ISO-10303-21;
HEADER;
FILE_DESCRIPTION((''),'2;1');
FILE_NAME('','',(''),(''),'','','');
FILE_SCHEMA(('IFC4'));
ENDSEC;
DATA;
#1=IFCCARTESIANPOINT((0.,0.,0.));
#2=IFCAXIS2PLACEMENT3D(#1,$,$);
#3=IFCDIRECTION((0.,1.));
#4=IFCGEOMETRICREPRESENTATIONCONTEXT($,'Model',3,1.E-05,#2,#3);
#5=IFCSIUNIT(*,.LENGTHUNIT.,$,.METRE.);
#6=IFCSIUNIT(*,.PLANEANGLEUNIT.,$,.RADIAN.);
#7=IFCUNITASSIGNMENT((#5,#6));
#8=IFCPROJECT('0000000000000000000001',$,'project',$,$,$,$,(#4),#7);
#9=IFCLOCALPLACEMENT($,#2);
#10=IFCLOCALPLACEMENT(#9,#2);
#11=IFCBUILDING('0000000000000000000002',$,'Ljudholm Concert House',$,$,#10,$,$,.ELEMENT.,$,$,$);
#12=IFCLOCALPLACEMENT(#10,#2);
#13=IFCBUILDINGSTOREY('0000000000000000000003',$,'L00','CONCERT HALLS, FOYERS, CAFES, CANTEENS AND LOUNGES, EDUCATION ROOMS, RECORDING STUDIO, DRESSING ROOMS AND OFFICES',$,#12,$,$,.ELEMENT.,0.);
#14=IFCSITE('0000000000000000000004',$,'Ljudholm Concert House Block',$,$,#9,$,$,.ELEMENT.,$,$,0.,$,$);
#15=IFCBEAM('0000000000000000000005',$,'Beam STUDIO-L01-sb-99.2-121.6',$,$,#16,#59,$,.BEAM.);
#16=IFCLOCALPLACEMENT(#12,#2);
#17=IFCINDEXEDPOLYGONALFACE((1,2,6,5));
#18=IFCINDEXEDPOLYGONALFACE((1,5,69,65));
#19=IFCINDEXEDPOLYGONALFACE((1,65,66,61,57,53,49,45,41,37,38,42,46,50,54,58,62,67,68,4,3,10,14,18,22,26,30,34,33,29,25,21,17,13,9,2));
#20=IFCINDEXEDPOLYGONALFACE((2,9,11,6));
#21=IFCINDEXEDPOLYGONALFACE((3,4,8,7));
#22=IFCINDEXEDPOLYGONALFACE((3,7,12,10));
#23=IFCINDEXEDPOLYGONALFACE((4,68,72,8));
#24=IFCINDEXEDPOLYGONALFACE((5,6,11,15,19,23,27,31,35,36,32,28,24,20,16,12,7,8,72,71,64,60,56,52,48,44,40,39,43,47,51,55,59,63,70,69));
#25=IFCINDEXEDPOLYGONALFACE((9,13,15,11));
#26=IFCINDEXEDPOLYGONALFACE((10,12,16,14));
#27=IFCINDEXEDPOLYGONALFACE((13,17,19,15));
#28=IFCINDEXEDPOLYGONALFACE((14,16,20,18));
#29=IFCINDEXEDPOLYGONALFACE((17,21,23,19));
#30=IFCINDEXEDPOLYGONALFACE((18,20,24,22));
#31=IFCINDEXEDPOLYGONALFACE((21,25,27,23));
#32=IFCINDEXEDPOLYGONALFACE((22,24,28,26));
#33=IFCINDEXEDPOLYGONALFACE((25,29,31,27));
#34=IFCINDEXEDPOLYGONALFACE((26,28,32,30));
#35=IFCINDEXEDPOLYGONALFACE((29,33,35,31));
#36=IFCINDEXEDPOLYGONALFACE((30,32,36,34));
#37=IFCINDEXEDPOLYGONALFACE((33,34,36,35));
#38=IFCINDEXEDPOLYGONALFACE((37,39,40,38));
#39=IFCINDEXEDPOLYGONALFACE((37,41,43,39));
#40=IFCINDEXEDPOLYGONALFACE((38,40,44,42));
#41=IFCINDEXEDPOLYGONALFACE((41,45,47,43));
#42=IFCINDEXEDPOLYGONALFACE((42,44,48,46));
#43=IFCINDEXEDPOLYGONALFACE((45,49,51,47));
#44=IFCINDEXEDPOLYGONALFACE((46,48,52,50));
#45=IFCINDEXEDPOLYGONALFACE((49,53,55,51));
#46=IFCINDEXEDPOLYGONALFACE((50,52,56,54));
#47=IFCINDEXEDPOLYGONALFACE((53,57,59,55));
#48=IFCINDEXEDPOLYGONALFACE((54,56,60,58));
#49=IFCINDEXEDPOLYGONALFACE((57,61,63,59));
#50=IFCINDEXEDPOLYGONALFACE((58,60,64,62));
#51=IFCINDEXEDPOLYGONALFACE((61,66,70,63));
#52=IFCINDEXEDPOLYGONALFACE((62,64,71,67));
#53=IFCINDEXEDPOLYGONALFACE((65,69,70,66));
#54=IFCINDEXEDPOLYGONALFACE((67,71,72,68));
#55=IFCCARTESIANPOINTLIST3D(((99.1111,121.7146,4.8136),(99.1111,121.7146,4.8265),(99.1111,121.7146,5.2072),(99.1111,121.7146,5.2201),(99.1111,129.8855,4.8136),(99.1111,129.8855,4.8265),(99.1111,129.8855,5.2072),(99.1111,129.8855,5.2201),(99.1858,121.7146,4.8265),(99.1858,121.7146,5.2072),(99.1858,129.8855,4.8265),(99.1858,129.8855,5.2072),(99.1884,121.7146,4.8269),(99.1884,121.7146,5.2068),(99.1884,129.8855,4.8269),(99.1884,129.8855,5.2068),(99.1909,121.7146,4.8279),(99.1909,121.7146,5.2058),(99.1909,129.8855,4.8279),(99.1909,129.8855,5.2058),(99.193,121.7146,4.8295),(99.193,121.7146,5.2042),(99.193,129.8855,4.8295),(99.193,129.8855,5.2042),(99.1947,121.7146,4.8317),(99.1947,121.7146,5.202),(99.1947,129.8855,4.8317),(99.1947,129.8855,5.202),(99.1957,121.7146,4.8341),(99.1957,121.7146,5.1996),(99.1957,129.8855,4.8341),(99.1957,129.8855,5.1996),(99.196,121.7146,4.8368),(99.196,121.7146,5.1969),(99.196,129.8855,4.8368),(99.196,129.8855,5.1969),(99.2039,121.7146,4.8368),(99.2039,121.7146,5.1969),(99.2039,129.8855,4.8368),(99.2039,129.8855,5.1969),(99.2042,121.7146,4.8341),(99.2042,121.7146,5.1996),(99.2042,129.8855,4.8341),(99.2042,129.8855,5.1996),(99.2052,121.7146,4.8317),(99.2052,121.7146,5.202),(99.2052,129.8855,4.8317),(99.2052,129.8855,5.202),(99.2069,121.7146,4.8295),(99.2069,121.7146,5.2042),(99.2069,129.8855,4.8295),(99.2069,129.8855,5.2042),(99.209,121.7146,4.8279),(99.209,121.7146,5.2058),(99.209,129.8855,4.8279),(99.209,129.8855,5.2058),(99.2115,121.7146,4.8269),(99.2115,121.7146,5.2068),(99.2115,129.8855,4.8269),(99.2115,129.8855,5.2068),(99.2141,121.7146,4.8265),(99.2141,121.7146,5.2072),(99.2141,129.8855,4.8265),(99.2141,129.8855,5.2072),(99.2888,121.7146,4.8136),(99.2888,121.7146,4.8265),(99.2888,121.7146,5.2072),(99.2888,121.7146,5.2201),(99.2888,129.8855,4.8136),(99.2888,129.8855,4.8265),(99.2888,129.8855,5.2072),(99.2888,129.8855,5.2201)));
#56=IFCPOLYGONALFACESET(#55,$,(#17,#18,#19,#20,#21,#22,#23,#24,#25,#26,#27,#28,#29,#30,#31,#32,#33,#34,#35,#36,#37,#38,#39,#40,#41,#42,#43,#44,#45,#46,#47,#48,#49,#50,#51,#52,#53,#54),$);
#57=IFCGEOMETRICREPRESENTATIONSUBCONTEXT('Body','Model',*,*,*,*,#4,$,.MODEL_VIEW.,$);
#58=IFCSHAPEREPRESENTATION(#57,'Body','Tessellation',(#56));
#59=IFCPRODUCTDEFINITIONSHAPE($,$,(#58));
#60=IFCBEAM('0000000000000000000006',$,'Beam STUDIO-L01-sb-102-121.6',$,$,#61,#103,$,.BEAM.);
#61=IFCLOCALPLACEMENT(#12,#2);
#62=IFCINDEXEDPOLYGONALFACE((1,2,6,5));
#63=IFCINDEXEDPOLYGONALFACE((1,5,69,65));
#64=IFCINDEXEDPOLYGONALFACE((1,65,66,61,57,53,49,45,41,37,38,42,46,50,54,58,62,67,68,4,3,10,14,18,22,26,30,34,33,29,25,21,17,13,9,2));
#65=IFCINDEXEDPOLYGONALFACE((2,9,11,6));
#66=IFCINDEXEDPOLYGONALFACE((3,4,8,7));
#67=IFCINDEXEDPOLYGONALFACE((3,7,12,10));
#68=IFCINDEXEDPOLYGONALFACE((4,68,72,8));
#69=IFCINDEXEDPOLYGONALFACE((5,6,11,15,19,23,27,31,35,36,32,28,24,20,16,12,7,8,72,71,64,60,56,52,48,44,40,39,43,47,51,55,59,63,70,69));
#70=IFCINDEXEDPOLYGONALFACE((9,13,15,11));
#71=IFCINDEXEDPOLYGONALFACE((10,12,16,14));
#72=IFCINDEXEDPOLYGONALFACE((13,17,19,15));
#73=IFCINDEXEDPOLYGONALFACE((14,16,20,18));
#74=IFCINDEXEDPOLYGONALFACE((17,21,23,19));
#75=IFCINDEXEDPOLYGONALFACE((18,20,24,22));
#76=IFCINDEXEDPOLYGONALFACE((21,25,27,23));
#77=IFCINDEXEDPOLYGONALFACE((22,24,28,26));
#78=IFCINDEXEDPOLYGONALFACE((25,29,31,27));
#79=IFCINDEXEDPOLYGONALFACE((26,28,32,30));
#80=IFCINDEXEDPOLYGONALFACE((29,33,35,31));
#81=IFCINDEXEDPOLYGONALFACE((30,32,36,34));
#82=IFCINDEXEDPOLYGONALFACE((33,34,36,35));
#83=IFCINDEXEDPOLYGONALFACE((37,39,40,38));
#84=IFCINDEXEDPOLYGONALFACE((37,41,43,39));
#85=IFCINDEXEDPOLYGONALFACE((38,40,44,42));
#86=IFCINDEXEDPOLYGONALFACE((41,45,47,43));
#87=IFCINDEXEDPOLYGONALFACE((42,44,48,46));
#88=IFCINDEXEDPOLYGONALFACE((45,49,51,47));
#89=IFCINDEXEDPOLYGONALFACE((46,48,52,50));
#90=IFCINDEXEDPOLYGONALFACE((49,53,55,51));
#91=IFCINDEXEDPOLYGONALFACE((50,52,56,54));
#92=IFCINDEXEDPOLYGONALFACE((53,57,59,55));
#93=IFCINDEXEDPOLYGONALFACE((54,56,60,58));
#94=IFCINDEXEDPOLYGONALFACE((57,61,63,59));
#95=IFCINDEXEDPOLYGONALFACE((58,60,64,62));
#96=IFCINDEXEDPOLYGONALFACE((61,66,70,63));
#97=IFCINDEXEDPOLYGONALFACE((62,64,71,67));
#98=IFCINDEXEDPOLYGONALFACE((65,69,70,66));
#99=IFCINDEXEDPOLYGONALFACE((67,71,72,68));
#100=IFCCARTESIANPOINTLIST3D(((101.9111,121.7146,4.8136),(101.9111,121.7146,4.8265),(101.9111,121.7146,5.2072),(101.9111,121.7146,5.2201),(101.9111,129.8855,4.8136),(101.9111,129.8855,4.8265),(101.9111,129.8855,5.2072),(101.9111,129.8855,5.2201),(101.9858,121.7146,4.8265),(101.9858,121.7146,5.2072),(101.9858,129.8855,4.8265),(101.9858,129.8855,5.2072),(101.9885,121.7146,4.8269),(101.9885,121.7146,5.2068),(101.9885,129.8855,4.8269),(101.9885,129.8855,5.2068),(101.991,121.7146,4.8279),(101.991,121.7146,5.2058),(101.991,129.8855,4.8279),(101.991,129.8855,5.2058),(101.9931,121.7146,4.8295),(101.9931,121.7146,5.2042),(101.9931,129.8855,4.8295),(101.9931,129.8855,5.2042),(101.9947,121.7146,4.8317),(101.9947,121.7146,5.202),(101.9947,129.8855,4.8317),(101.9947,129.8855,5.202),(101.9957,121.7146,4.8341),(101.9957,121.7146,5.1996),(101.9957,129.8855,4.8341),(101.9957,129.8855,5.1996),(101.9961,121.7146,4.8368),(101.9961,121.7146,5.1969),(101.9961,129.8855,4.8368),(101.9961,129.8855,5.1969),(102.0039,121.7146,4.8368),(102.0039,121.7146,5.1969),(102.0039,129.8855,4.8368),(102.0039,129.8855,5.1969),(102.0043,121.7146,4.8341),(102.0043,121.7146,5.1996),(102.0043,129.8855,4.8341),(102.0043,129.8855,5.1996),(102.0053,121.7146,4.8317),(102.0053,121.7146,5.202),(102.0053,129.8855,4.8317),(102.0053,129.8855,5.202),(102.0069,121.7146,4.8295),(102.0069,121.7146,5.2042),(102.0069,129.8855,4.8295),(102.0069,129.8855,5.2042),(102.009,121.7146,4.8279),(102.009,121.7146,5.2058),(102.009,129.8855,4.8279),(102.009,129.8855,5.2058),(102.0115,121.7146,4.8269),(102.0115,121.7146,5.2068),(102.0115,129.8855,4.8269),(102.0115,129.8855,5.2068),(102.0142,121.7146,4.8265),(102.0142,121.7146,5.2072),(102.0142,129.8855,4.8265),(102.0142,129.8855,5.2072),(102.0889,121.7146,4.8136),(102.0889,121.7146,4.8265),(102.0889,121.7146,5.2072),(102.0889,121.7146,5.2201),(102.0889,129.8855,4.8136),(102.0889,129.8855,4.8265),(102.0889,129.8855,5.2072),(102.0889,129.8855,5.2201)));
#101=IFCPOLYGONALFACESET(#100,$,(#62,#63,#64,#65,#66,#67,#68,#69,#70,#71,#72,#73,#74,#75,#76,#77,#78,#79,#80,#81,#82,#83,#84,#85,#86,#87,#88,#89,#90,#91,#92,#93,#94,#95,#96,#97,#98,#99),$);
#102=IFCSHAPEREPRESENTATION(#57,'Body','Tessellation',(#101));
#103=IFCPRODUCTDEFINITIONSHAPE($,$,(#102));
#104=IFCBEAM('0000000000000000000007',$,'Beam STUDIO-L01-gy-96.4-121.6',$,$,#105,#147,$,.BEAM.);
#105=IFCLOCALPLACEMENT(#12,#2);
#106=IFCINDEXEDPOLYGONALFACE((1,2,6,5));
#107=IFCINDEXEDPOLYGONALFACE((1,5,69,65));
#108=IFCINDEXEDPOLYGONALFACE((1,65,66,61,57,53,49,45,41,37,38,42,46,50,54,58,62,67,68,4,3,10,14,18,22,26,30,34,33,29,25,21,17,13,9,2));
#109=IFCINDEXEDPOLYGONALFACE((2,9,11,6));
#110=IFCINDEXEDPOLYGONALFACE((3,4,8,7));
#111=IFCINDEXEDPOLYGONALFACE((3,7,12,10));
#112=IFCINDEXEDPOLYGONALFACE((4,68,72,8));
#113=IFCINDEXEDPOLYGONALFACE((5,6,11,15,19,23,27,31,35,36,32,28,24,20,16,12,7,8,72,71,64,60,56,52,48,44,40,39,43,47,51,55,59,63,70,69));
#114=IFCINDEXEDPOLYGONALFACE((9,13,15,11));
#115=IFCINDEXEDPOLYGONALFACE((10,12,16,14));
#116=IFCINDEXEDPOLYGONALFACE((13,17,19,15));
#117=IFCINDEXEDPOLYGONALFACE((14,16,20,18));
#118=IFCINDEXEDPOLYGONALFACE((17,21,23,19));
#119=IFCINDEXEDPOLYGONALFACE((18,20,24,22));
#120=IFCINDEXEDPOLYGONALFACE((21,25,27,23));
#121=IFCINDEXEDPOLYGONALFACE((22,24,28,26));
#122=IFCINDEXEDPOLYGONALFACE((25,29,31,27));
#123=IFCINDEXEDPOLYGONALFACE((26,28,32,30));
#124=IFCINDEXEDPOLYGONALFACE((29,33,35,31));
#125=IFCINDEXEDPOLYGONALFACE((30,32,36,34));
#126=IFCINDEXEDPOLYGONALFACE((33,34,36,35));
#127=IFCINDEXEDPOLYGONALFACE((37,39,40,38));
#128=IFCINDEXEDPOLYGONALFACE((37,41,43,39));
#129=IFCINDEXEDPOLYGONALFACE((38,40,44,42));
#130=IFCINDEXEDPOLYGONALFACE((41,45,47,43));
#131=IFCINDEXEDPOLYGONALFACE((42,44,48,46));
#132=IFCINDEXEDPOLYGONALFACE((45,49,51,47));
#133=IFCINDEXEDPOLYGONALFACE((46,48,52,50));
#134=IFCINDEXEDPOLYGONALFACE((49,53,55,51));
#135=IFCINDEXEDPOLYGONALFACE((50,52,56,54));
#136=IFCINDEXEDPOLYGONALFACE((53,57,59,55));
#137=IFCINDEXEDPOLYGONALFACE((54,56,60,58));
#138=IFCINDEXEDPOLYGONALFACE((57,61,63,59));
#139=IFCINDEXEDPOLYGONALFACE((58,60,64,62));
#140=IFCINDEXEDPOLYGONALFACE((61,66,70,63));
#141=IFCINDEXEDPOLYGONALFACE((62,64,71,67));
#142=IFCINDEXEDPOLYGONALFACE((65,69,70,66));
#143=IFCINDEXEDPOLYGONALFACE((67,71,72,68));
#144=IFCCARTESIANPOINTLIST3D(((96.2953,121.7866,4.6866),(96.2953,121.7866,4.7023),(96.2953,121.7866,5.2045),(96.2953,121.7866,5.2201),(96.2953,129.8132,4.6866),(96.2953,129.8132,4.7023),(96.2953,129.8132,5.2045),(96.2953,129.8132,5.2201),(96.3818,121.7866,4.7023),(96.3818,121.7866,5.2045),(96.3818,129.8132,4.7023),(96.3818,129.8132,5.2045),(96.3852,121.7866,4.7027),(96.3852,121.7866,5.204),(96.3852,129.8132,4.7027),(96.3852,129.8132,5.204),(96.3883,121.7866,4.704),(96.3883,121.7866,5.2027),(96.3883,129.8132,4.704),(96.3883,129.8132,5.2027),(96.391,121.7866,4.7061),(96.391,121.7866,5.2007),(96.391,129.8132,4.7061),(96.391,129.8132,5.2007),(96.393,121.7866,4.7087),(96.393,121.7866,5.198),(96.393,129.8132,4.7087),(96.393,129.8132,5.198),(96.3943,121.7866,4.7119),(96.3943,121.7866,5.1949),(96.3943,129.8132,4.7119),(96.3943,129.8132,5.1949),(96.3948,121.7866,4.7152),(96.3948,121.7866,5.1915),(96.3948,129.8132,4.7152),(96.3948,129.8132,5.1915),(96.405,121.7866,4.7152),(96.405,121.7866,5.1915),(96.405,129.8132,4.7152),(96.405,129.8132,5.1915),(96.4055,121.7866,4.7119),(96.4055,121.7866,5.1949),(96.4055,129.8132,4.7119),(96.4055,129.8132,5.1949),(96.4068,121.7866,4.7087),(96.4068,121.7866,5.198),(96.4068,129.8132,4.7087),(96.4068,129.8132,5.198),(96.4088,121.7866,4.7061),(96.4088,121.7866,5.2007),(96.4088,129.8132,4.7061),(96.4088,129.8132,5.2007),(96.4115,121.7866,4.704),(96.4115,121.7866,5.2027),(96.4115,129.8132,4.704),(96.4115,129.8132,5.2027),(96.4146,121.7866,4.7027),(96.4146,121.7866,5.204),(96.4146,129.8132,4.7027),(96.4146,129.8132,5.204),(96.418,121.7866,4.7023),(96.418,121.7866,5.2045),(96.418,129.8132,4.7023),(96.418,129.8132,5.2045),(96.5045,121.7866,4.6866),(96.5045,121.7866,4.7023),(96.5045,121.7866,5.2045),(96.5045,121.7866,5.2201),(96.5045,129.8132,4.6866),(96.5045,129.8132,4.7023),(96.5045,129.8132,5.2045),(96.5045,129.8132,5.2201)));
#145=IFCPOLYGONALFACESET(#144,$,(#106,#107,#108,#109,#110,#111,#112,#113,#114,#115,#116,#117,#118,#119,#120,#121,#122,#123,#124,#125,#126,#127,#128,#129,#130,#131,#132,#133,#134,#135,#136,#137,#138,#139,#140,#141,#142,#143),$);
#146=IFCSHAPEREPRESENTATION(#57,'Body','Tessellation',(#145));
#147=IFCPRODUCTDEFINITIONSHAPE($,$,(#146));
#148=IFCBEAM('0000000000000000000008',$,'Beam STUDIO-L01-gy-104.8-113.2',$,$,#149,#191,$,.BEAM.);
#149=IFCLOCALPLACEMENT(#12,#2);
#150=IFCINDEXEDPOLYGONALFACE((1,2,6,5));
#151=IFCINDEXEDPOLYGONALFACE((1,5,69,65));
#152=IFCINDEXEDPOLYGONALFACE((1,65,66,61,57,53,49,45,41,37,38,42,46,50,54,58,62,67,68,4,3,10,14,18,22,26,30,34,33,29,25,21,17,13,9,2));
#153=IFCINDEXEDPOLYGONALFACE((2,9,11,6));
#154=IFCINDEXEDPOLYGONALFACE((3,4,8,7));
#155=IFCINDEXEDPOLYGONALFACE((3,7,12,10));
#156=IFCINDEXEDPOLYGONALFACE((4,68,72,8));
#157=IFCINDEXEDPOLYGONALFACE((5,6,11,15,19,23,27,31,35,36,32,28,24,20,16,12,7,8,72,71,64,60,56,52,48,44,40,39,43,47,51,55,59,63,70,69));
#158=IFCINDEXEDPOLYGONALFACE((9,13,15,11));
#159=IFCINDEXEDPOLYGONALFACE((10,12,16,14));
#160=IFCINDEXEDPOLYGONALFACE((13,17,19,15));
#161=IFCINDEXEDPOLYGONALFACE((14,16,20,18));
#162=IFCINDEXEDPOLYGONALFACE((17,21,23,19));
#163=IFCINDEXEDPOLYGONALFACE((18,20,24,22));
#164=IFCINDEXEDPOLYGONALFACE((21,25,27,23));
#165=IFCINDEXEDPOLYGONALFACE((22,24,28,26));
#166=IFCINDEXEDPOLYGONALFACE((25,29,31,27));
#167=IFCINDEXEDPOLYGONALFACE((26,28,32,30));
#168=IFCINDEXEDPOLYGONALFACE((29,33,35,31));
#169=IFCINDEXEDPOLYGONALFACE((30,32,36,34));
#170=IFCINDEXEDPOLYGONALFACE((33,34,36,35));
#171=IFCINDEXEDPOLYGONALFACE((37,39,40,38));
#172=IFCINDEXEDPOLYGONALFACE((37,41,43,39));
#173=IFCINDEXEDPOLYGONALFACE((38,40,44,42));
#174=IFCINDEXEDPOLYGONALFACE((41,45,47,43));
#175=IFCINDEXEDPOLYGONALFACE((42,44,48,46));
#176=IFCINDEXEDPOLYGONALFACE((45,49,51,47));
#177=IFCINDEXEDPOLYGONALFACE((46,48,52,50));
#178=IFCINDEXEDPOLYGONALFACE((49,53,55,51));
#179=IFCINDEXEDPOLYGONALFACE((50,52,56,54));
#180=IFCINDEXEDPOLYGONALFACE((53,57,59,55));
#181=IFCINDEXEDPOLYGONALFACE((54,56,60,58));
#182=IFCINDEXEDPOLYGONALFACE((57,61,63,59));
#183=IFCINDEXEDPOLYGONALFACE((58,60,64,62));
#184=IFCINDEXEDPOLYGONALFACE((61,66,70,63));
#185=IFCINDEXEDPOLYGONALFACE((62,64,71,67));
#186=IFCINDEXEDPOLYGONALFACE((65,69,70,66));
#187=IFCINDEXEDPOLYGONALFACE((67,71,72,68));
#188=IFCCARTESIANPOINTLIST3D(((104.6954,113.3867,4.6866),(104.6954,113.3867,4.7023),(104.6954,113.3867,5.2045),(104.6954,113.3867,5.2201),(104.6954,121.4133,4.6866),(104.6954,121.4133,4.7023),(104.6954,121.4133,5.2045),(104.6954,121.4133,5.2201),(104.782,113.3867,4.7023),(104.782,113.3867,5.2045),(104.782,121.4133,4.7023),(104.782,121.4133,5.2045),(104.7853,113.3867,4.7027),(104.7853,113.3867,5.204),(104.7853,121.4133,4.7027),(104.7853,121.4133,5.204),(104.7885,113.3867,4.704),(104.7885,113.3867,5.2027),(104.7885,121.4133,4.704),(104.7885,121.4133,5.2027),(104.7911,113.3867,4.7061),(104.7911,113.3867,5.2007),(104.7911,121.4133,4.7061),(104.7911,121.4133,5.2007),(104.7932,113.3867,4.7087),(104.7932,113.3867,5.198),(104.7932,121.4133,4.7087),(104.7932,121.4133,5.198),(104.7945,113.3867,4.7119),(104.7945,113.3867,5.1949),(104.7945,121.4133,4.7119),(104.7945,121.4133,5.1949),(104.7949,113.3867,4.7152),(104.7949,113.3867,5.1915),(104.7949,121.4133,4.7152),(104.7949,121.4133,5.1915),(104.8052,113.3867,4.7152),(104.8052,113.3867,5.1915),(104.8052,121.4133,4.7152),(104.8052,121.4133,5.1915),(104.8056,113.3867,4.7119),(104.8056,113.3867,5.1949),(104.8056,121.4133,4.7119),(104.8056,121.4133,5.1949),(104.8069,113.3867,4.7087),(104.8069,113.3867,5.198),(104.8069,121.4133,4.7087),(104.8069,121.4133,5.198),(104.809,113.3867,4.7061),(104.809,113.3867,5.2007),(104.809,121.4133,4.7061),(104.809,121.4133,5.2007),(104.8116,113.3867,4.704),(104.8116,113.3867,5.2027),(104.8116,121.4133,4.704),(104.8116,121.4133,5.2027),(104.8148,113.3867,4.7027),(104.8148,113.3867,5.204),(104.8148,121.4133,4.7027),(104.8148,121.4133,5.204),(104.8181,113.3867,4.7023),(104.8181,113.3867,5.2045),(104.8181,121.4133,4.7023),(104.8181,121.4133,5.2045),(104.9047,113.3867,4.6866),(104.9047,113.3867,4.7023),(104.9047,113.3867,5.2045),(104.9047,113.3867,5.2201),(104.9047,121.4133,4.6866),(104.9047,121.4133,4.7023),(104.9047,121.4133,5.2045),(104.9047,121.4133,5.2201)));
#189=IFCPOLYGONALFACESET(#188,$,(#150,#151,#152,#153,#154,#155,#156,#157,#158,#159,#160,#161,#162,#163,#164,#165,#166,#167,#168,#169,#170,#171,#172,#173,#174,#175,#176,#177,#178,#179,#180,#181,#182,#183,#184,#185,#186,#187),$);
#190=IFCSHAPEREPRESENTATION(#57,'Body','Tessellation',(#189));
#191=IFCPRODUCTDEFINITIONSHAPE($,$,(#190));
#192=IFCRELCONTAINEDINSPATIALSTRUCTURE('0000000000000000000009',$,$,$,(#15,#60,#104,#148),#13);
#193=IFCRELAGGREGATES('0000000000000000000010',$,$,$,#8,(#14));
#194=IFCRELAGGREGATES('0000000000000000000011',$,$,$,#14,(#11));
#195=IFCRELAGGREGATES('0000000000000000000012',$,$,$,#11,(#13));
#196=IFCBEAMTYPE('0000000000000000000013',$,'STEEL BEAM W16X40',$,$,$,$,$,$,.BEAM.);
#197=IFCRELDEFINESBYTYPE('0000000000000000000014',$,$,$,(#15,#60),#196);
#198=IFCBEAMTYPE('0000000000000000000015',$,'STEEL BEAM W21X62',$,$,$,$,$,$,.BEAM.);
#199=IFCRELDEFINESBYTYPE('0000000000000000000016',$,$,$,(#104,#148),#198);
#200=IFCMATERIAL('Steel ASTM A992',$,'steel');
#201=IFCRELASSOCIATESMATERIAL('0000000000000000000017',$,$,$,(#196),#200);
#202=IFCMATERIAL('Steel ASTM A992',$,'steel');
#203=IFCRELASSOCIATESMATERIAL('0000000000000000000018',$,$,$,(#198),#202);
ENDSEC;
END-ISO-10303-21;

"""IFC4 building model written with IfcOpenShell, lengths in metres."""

from ifc_helpers import new_model, si_unit, direction, frame, origin, origin_2d, place, context, subcontext, project, spatial, i_section, extrude, material, material_profile, profile_set, type_object, element, save


model = new_model("IFC4")

# Units and contexts
model_context = context("Model", 3, precision=1e-05, world=origin(), true_north=direction((0.0, 1.0)))
body_context = subcontext(model_context, "Body", "Model", "MODEL_VIEW")
ifc_project = project(units=[si_unit("LENGTHUNIT", "METRE"), si_unit("PLANEANGLEUNIT", "RADIAN")], contexts=[model_context])

# Site, building, storey
site_placement = place(None, origin())
site = spatial("IfcSite", under=ifc_project, at=site_placement, Name="Ljudholm Concert House Block", CompositionType="ELEMENT", RefElevation=0.0)
building_placement = place(site_placement, origin())
building = spatial("IfcBuilding", under=site, at=building_placement, Name="Ljudholm Concert House", CompositionType="ELEMENT")
storey_placement = place(building_placement, origin())
storey = spatial("IfcBuildingStorey", under=building, at=storey_placement, Name="L00", Description="CONCERT HALLS, FOYERS, CAFES, CANTEENS AND LOUNGES, EDUCATION ROOMS, RECORDING STUDIO, DRESSING ROOMS AND OFFICES", CompositionType="ELEMENT", Elevation=0.0)

# Beams
ifc_material_1 = material(Name="Steel ASTM A992", Category="steel")
ifc_material_profile_1 = material_profile(ifc_material_1, i_section(OverallWidth=0.1777, OverallDepth=0.4065, WebThickness=0.0078, FlangeThickness=0.0129, FilletRadius=0.0103, at=origin_2d()), Name="W16X40")
ifc_profile_set_1 = profile_set([ifc_material_profile_1], Name="Steel ASTM A992")
beam_type_1 = type_object("IfcBeamType", Name="STEEL BEAM W16X40", PredefinedType="BEAM", material=ifc_profile_set_1)
for number, where, z_axis, x_axis, name in (
    (1, (99.2, 121.7146, 5.0168), (0.0, 1.0, 0.0), (-1.0, 0.0, 0.0), "Beam STUDIO-L01-sb-99.2-121.6"),
    (2, (102.0, 121.7146, 5.0168), (0.0, 1.0, 0.0), (-1.0, 0.0, 0.0), "Beam STUDIO-L01-sb-102-121.6"),
):
    element("IfcBeam", number, at=place(storey_placement, frame(where, z_axis=z_axis, x_axis=x_axis)), inside=storey, type_object=beam_type_1, Name=name, PredefinedType="BEAM", context=body_context, shape_type="SweptSolid", body=[
        extrude(i_section(OverallWidth=0.1777, OverallDepth=0.4065, WebThickness=0.0078, FlangeThickness=0.0129, FilletRadius=0.0103, at=origin_2d()), origin(), (0.0, 0.0, 1.0), 8.1709),
    ])
ifc_material_2 = material(Name="Steel ASTM A992", Category="steel")
ifc_material_profile_2 = material_profile(ifc_material_2, i_section(OverallWidth=0.2092, OverallDepth=0.5334, WebThickness=0.0103, FlangeThickness=0.0156, FilletRadius=0.0129, at=origin_2d()), Name="W21X62")
ifc_profile_set_2 = profile_set([ifc_material_profile_2], Name="Steel ASTM A992")
beam_type_2 = type_object("IfcBeamType", Name="STEEL BEAM W21X62", PredefinedType="BEAM", material=ifc_profile_set_2)
for number, where, z_axis, x_axis, name in (
    (3, (96.3999, 121.7866, 4.9534), (0.0, 1.0, 0.0), (-1.0, 0.0, 0.0), "Beam STUDIO-L01-gy-96.4-121.6"),
    (4, (104.8, 113.3867, 4.9534), (0.0, 1.0, 0.0), (-1.0, 0.0, 0.0), "Beam STUDIO-L01-gy-104.8-113.2"),
):
    element("IfcBeam", number, at=place(storey_placement, frame(where, z_axis=z_axis, x_axis=x_axis)), inside=storey, type_object=beam_type_2, Name=name, PredefinedType="BEAM", context=body_context, shape_type="SweptSolid", body=[
        extrude(i_section(OverallWidth=0.2092, OverallDepth=0.5334, WebThickness=0.0103, FlangeThickness=0.0156, FilletRadius=0.0129, at=origin_2d()), origin(), (0.0, 0.0, 1.0), 8.0266),
    ])

save(model, "model.ifc")
